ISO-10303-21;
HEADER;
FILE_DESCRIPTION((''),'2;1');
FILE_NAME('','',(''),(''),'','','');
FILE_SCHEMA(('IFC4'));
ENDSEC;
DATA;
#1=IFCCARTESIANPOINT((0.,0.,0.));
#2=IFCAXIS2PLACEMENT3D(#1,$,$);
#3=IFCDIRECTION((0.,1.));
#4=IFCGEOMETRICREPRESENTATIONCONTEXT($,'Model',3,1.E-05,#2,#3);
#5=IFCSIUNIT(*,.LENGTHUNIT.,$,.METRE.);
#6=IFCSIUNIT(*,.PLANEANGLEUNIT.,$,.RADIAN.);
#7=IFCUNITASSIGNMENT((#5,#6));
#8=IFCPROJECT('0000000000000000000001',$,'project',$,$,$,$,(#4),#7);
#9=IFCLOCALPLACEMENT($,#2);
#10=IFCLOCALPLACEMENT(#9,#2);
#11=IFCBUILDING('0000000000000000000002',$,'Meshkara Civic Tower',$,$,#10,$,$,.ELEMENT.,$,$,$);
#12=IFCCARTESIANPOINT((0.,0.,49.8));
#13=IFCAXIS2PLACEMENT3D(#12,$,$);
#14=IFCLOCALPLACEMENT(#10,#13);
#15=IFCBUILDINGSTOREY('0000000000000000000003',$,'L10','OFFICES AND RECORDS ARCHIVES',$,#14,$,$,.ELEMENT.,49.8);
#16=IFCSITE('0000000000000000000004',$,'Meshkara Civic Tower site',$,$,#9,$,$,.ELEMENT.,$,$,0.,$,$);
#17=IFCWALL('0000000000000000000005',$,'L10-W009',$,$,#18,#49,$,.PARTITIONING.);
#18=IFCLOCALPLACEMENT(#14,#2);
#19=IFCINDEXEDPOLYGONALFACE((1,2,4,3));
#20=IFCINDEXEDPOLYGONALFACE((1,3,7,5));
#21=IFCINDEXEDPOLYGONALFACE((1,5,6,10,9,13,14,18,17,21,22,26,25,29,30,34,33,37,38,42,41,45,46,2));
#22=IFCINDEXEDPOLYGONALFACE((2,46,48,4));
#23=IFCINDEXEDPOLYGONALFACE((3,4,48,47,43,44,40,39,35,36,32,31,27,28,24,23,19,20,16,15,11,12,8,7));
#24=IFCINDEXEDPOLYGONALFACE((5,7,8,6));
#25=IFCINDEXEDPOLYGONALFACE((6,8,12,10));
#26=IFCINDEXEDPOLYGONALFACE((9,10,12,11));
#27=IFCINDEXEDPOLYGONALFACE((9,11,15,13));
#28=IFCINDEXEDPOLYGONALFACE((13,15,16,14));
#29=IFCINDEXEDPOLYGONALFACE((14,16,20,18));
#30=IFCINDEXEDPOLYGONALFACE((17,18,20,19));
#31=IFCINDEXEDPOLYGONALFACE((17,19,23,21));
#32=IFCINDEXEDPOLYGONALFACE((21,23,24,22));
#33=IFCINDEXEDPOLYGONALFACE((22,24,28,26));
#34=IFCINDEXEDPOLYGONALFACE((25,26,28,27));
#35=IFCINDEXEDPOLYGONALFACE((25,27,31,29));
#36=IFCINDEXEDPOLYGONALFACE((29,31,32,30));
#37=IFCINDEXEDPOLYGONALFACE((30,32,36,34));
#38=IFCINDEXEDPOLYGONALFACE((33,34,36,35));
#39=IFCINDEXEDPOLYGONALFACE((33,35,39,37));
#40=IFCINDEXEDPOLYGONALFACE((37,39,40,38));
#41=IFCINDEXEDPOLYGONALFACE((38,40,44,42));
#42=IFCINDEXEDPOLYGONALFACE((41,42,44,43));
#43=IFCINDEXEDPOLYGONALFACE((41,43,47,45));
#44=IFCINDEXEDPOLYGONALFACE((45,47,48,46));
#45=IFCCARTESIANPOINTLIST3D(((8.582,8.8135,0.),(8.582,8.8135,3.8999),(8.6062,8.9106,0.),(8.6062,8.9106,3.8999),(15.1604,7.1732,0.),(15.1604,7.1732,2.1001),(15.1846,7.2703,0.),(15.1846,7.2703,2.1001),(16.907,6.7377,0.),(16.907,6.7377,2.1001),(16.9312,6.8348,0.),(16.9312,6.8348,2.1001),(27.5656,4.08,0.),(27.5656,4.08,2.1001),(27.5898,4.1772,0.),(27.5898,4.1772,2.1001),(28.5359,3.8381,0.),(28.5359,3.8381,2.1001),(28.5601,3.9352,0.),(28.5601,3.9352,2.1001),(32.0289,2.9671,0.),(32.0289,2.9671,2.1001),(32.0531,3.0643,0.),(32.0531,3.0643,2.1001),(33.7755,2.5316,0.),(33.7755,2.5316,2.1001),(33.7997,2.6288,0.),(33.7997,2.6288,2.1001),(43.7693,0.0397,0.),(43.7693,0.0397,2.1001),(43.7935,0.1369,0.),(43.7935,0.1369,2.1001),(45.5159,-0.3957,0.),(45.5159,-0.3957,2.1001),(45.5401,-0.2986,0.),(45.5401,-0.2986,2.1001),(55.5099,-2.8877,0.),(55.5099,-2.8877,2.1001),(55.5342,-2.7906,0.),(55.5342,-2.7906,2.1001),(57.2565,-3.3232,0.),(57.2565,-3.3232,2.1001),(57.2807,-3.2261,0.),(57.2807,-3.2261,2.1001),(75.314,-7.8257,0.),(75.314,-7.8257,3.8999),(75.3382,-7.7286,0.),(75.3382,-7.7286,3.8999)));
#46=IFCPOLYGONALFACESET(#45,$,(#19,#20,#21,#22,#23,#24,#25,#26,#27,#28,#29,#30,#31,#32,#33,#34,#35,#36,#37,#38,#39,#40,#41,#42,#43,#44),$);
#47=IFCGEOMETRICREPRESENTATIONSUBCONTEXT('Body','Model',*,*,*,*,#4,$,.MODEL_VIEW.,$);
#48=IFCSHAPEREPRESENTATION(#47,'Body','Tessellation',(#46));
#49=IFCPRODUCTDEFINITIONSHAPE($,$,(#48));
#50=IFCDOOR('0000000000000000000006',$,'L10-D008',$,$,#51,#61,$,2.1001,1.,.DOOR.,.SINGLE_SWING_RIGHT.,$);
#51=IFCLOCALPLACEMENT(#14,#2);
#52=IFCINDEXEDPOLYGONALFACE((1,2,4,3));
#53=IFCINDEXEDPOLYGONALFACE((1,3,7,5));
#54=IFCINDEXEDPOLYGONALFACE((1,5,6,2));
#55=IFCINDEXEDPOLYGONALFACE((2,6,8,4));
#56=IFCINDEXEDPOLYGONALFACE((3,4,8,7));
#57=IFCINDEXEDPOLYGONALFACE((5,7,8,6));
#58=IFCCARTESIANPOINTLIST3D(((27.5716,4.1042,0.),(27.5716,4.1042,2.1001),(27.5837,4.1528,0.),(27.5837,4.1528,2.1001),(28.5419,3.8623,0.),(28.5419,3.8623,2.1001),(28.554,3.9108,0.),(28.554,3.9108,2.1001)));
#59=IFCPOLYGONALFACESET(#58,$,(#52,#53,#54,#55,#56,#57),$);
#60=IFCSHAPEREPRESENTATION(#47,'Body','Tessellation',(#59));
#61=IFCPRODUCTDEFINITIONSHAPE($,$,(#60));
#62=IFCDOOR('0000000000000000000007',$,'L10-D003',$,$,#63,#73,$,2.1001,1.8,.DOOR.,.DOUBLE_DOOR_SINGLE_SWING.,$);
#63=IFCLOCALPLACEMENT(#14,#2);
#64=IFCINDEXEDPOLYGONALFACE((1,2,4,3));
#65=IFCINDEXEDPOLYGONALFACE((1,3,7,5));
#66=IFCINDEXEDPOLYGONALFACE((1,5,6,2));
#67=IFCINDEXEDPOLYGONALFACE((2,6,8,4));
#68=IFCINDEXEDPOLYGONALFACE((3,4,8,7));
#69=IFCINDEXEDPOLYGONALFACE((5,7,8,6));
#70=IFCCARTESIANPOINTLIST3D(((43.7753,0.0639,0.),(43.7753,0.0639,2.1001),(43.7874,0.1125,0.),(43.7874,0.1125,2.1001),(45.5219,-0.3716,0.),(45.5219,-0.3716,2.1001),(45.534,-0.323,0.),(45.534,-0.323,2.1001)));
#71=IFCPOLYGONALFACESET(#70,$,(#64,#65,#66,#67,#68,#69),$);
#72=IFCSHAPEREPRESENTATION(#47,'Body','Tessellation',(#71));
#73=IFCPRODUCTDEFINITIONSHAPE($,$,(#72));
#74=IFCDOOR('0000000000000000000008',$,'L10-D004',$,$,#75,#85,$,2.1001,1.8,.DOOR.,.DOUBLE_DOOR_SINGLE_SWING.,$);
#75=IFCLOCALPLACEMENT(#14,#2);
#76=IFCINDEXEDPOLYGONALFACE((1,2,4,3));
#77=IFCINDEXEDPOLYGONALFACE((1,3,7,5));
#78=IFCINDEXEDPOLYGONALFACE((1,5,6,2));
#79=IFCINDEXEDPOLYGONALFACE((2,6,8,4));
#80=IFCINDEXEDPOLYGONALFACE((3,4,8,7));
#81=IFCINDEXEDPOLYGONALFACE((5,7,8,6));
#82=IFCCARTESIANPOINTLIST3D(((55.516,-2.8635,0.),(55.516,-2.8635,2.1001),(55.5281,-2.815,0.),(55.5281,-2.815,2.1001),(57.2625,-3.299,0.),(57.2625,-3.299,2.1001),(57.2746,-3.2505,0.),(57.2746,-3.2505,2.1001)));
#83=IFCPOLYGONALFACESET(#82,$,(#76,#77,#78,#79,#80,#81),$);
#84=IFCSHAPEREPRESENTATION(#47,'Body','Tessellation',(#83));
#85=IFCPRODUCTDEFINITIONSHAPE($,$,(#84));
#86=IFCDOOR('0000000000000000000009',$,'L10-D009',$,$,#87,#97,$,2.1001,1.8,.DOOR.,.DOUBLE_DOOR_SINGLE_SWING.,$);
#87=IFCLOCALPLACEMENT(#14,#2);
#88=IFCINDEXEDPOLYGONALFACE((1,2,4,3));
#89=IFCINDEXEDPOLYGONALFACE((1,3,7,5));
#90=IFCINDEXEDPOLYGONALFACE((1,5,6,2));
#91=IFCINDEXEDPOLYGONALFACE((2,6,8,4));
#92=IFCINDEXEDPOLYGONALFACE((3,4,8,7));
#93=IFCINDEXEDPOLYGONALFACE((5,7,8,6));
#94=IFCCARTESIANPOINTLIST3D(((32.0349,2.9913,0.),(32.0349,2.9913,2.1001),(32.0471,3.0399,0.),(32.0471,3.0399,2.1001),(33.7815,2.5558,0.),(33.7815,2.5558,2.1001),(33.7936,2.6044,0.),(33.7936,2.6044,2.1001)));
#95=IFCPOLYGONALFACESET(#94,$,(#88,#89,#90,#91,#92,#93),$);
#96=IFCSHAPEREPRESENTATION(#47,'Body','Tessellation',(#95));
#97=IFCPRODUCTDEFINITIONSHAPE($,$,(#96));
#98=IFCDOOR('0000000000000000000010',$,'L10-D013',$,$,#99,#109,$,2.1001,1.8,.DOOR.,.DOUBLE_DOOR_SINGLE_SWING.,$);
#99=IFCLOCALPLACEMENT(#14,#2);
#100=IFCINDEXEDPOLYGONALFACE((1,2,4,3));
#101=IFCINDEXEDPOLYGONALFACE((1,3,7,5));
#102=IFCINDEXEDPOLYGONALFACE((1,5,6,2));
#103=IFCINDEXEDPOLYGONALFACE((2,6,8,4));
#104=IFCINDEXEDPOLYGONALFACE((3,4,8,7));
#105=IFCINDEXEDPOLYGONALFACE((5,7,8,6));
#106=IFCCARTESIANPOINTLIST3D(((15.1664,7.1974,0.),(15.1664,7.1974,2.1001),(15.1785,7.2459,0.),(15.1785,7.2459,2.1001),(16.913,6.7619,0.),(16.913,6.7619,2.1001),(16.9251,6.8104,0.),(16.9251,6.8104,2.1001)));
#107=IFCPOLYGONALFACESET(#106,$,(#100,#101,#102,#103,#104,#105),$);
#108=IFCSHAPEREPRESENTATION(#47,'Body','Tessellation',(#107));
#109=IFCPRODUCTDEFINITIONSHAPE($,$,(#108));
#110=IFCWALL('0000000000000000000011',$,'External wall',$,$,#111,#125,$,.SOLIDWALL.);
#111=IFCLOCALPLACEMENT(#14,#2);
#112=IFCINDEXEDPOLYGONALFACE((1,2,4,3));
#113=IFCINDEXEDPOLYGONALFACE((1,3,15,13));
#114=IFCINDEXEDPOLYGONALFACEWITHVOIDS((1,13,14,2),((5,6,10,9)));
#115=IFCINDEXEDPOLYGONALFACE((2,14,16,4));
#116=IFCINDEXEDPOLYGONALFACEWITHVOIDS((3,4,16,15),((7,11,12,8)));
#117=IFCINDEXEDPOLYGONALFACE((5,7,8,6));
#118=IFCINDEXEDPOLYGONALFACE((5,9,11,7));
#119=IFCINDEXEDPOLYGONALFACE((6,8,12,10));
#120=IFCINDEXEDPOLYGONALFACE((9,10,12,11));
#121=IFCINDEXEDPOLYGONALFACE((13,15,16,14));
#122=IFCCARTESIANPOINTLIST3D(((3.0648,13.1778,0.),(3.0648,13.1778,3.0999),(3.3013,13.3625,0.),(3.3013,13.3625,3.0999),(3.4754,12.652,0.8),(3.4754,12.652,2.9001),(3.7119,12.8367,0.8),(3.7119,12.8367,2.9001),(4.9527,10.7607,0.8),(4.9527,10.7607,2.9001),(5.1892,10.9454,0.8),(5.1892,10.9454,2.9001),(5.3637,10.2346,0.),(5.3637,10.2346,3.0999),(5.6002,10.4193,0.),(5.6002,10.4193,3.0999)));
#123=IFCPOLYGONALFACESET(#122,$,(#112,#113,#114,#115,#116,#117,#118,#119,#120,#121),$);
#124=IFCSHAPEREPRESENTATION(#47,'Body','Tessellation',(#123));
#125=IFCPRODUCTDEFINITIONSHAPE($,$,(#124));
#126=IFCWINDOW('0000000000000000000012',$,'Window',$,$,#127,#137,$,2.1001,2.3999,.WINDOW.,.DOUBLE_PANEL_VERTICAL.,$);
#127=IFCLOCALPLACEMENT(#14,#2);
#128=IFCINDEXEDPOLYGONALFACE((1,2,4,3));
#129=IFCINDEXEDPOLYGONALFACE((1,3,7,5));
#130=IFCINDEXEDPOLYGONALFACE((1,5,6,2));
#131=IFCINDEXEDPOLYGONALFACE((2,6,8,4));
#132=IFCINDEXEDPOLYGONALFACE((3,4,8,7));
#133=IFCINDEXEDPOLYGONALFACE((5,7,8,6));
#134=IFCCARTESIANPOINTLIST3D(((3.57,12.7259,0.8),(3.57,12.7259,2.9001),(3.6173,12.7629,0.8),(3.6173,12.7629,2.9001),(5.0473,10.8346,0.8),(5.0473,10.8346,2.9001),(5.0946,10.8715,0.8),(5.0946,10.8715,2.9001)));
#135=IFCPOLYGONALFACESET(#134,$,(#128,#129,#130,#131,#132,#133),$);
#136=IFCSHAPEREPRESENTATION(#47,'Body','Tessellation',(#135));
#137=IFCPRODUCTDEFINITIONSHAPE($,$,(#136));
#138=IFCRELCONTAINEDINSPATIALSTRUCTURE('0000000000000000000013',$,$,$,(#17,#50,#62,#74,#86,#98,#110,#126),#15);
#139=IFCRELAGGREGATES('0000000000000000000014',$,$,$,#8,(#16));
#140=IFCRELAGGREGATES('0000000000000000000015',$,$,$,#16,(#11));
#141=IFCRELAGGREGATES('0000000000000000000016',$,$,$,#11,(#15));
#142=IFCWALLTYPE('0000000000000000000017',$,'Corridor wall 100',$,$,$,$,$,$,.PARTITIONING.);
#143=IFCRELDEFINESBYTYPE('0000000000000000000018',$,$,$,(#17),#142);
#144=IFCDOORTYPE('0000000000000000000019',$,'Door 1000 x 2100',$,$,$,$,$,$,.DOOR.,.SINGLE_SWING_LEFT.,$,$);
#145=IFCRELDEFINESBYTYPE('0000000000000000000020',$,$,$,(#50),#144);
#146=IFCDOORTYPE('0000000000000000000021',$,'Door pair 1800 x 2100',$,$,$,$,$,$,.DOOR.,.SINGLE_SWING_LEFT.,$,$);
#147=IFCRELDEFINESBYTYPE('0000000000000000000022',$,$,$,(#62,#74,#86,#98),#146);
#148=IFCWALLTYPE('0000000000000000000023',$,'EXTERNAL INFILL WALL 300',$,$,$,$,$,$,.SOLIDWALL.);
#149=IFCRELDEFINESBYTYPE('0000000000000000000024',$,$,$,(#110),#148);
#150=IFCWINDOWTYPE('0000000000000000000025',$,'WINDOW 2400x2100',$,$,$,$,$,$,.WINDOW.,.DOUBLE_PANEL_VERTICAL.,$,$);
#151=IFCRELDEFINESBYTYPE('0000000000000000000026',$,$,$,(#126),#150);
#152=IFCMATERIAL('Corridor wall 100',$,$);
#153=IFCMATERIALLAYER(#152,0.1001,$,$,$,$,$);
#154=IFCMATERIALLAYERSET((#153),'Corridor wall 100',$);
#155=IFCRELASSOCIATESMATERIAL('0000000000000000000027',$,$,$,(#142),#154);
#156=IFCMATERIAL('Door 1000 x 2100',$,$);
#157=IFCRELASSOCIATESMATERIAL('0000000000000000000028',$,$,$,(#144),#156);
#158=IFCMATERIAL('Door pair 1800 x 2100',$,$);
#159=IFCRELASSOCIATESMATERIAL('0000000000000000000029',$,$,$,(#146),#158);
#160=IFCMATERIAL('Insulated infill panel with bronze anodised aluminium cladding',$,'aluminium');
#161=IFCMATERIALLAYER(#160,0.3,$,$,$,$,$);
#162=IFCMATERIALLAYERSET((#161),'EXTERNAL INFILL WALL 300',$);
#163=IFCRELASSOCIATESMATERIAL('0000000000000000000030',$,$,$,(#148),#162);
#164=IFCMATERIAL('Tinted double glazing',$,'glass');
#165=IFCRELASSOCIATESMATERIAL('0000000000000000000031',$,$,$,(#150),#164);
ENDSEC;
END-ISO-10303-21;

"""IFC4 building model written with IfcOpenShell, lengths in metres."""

from ifc_helpers import new_model, si_unit, direction, frame, frame_2d, origin, place, context, subcontext, project, spatial, rectangle, extrude, material, layer, layer_set, type_object, element, fill, save


model = new_model("IFC4")

# Units and contexts
model_context = context("Model", 3, precision=1e-05, world=origin(), true_north=direction((0.0, 1.0)))
body_context = subcontext(model_context, "Body", "Model", "MODEL_VIEW")
ifc_project = project(units=[si_unit("LENGTHUNIT", "METRE"), si_unit("PLANEANGLEUNIT", "RADIAN")], contexts=[model_context])

# Site, building, storey
site_placement = place(None, origin())
site = spatial("IfcSite", under=ifc_project, at=site_placement, Name="Meshkara Civic Tower site", CompositionType="ELEMENT", RefElevation=0.0)
building_placement = place(site_placement, origin())
building = spatial("IfcBuilding", under=site, at=building_placement, Name="Meshkara Civic Tower", CompositionType="ELEMENT")
storey_placement = place(building_placement, frame((0.0, 0.0, 49.8)))
storey = spatial("IfcBuildingStorey", under=building, at=storey_placement, Name="L10", Description="OFFICES AND RECORDS ARCHIVES", CompositionType="ELEMENT", Elevation=49.8)

# Shared definitions
ifc_material_1 = material(Name="Corridor wall 100")
ifc_layer_1 = layer(ifc_material_1, 0.1001)
ifc_layer_set_1 = layer_set([ifc_layer_1], Name="Corridor wall 100")
wall_type_1 = type_object("IfcWallType", Name="Corridor wall 100", PredefinedType="PARTITIONING", material=ifc_layer_set_1)

# Shared definitions
ifc_material_2 = material(Name="Door 1000 x 2100")
door_type_1 = type_object("IfcDoorType", Name="Door 1000 x 2100", OperationType="SINGLE_SWING_LEFT", PredefinedType="DOOR", material=ifc_material_2)

# Wall, openings, doors
wall_1_placement = place(storey_placement, frame((8.594, 8.8621, 0.0), z_axis=(0.0, 0.0, 1.0), x_axis=(0.970292, -0.241936, 0.0)))
wall_1 = element("IfcWall", 1, at=wall_1_placement, inside=storey, type_object=wall_type_1, Name="L10-W009", PredefinedType="PARTITIONING", context=body_context, shape_type="SweptSolid", body=[
    extrude(rectangle(XDim=68.7751, YDim=0.1001, at=frame_2d((34.3877, 0.0))), origin(), (0.0, 0.0, 1.0), 3.8999),
])
opening_1_placement = place(wall_1_placement, frame((36.2649, 0.0, 0.0)))
opening_1 = element("IfcOpeningElement", 2, at=opening_1_placement, cuts=wall_1, PredefinedType="OPENING", context=body_context, shape_type="SweptSolid", body=[
    extrude(rectangle(XDim=1.8, YDim=2.1001, at=frame_2d((0.8999, 1.05))), frame((0.0, 0.0601, 0.0), z_axis=(0.0, -1.0, 0.0), x_axis=(1.0, 0.0, 0.0)), (0.0, 0.0, 1.0), 0.1201),
])
opening_2_placement = place(wall_1_placement, frame((48.365, 0.0, 0.0)))
opening_2 = element("IfcOpeningElement", 3, at=opening_2_placement, cuts=wall_1, PredefinedType="OPENING", context=body_context, shape_type="SweptSolid", body=[
    extrude(rectangle(XDim=1.8, YDim=2.1001, at=frame_2d((0.8999, 1.05))), frame((0.0, 0.0601, 0.0), z_axis=(0.0, -1.0, 0.0), x_axis=(1.0, 0.0, 0.0)), (0.0, 0.0, 1.0), 0.1201),
])
opening_3_placement = place(wall_1_placement, frame((19.5649, 0.0, 0.0)))
opening_3 = element("IfcOpeningElement", 4, at=opening_3_placement, cuts=wall_1, PredefinedType="OPENING", context=body_context, shape_type="SweptSolid", body=[
    extrude(rectangle(XDim=1.0, YDim=2.1001, at=frame_2d((0.5, 1.05))), frame((0.0, 0.0601, 0.0), z_axis=(0.0, -1.0, 0.0), x_axis=(1.0, 0.0, 0.0)), (0.0, 0.0, 1.0), 0.1201),
])
opening_4_placement = place(wall_1_placement, frame((24.165, 0.0, 0.0)))
opening_4 = element("IfcOpeningElement", 5, at=opening_4_placement, cuts=wall_1, PredefinedType="OPENING", context=body_context, shape_type="SweptSolid", body=[
    extrude(rectangle(XDim=1.8, YDim=2.1001, at=frame_2d((0.8999, 1.05))), frame((0.0, 0.0601, 0.0), z_axis=(0.0, -1.0, 0.0), x_axis=(1.0, 0.0, 0.0)), (0.0, 0.0, 1.0), 0.1201),
])
opening_5_placement = place(wall_1_placement, frame((6.78, 0.0, 0.0)))
opening_5 = element("IfcOpeningElement", 6, at=opening_5_placement, cuts=wall_1, PredefinedType="OPENING", context=body_context, shape_type="SweptSolid", body=[
    extrude(rectangle(XDim=1.8, YDim=2.1001, at=frame_2d((0.8999, 1.05))), frame((0.0, 0.0601, 0.0), z_axis=(0.0, -1.0, 0.0), x_axis=(1.0, 0.0, 0.0)), (0.0, 0.0, 1.0), 0.1201),
])
door_1_placement = place(opening_3_placement, origin())
door_1 = element("IfcDoor", 7, at=door_1_placement, inside=storey, type_object=door_type_1, Name="L10-D008", OperationType="SINGLE_SWING_RIGHT", OverallHeight=2.1001, OverallWidth=1.0, PredefinedType="DOOR", context=body_context, shape_type="SweptSolid", body=[
    extrude(rectangle(XDim=1.0, YDim=2.1001, at=frame_2d((0.5, 1.05))), frame((0.0, 0.0249, 0.0), z_axis=(0.0, -1.0, 0.0), x_axis=(1.0, 0.0, 0.0)), (0.0, 0.0, 1.0), 0.05),
])
fill(opening_3, door_1)
ifc_material_3 = material(Name="Door pair 1800 x 2100")
door_type_2 = type_object("IfcDoorType", Name="Door pair 1800 x 2100", OperationType="SINGLE_SWING_LEFT", PredefinedType="DOOR", material=ifc_material_3)
door_2_placement = place(opening_1_placement, origin())
door_2 = element("IfcDoor", 8, at=door_2_placement, inside=storey, type_object=door_type_2, Name="L10-D003", OperationType="DOUBLE_DOOR_SINGLE_SWING", OverallHeight=2.1001, OverallWidth=1.8, PredefinedType="DOOR", context=body_context, shape_type="SweptSolid", body=[
    extrude(rectangle(XDim=1.8, YDim=2.1001, at=frame_2d((0.8999, 1.05))), frame((0.0, 0.0249, 0.0), z_axis=(0.0, -1.0, 0.0), x_axis=(1.0, 0.0, 0.0)), (0.0, 0.0, 1.0), 0.05),
])
fill(opening_1, door_2)
door_3_placement = place(opening_2_placement, origin())
door_3 = element("IfcDoor", 9, at=door_3_placement, inside=storey, type_object=door_type_2, Name="L10-D004", OperationType="DOUBLE_DOOR_SINGLE_SWING", OverallHeight=2.1001, OverallWidth=1.8, PredefinedType="DOOR", context=body_context, shape_type="SweptSolid", body=[
    extrude(rectangle(XDim=1.8, YDim=2.1001, at=frame_2d((0.8999, 1.05))), frame((0.0, 0.0249, 0.0), z_axis=(0.0, -1.0, 0.0), x_axis=(1.0, 0.0, 0.0)), (0.0, 0.0, 1.0), 0.05),
])
fill(opening_2, door_3)
door_4_placement = place(opening_4_placement, origin())
door_4 = element("IfcDoor", 10, at=door_4_placement, inside=storey, type_object=door_type_2, Name="L10-D009", OperationType="DOUBLE_DOOR_SINGLE_SWING", OverallHeight=2.1001, OverallWidth=1.8, PredefinedType="DOOR", context=body_context, shape_type="SweptSolid", body=[
    extrude(rectangle(XDim=1.8, YDim=2.1001, at=frame_2d((0.8999, 1.05))), frame((0.0, 0.0249, 0.0), z_axis=(0.0, -1.0, 0.0), x_axis=(1.0, 0.0, 0.0)), (0.0, 0.0, 1.0), 0.05),
])
fill(opening_4, door_4)
door_5_placement = place(opening_5_placement, origin())
door_5 = element("IfcDoor", 11, at=door_5_placement, inside=storey, type_object=door_type_2, Name="L10-D013", OperationType="DOUBLE_DOOR_SINGLE_SWING", OverallHeight=2.1001, OverallWidth=1.8, PredefinedType="DOOR", context=body_context, shape_type="SweptSolid", body=[
    extrude(rectangle(XDim=1.8, YDim=2.1001, at=frame_2d((0.8999, 1.05))), frame((0.0, 0.0249, 0.0), z_axis=(0.0, -1.0, 0.0), x_axis=(1.0, 0.0, 0.0)), (0.0, 0.0, 1.0), 0.05),
])
fill(opening_5, door_5)

# Wall, opening, window
ifc_material_4 = material(Name="Insulated infill panel with bronze anodised aluminium cladding", Category="aluminium")
ifc_layer_2 = layer(ifc_material_4, 0.3)
ifc_layer_set_2 = layer_set([ifc_layer_2], Name="EXTERNAL INFILL WALL 300")
wall_type_2 = type_object("IfcWallType", Name="EXTERNAL INFILL WALL 300", PredefinedType="SOLIDWALL", material=ifc_layer_set_2)
wall_2_placement = place(storey_placement, frame((3.1831, 13.27, 0.0), z_axis=(0.0, 0.0, 1.0), x_axis=(0.615564, -0.788087, 0.0)))
wall_2 = element("IfcWall", 12, at=wall_2_placement, inside=storey, type_object=wall_type_2, Name="External wall", PredefinedType="SOLIDWALL", context=body_context, shape_type="SweptSolid", body=[
    extrude(rectangle(XDim=3.7346, YDim=0.3, at=frame_2d((1.8672, 0.0))), origin(), (0.0, 0.0, 1.0), 3.0999),
])
opening_6_placement = place(wall_2_placement, frame((0.667, 0.0, 0.8)))
opening_6 = element("IfcOpeningElement", 13, at=opening_6_placement, cuts=wall_2, PredefinedType="OPENING", context=body_context, shape_type="SweptSolid", body=[
    extrude(rectangle(XDim=2.3999, YDim=2.1001, at=frame_2d((1.2, 1.05))), frame((0.0, 0.1599, 0.0), z_axis=(0.0, -1.0, 0.0), x_axis=(1.0, 0.0, 0.0)), (0.0, 0.0, 1.0), 0.3201),
])
ifc_material_5 = material(Name="Tinted double glazing", Category="glass")
window_type = type_object("IfcWindowType", Name="WINDOW 2400x2100", PartitioningType="DOUBLE_PANEL_VERTICAL", PredefinedType="WINDOW", material=ifc_material_5)
window_1_placement = place(opening_6_placement, origin())
window_1 = element("IfcWindow", 14, at=window_1_placement, inside=storey, type_object=window_type, Name="Window", OverallHeight=2.1001, OverallWidth=2.3999, PartitioningType="DOUBLE_PANEL_VERTICAL", PredefinedType="WINDOW", context=body_context, shape_type="SweptSolid", body=[
    extrude(rectangle(XDim=2.3999, YDim=2.1001, at=frame_2d((1.2, 1.05))), frame((0.0, 0.03, 0.0), z_axis=(0.0, -1.0, 0.0), x_axis=(1.0, 0.0, 0.0)), (0.0, 0.0, 1.0), 0.0601),
])
fill(opening_6, window_1)

save(model, "model.ifc")
